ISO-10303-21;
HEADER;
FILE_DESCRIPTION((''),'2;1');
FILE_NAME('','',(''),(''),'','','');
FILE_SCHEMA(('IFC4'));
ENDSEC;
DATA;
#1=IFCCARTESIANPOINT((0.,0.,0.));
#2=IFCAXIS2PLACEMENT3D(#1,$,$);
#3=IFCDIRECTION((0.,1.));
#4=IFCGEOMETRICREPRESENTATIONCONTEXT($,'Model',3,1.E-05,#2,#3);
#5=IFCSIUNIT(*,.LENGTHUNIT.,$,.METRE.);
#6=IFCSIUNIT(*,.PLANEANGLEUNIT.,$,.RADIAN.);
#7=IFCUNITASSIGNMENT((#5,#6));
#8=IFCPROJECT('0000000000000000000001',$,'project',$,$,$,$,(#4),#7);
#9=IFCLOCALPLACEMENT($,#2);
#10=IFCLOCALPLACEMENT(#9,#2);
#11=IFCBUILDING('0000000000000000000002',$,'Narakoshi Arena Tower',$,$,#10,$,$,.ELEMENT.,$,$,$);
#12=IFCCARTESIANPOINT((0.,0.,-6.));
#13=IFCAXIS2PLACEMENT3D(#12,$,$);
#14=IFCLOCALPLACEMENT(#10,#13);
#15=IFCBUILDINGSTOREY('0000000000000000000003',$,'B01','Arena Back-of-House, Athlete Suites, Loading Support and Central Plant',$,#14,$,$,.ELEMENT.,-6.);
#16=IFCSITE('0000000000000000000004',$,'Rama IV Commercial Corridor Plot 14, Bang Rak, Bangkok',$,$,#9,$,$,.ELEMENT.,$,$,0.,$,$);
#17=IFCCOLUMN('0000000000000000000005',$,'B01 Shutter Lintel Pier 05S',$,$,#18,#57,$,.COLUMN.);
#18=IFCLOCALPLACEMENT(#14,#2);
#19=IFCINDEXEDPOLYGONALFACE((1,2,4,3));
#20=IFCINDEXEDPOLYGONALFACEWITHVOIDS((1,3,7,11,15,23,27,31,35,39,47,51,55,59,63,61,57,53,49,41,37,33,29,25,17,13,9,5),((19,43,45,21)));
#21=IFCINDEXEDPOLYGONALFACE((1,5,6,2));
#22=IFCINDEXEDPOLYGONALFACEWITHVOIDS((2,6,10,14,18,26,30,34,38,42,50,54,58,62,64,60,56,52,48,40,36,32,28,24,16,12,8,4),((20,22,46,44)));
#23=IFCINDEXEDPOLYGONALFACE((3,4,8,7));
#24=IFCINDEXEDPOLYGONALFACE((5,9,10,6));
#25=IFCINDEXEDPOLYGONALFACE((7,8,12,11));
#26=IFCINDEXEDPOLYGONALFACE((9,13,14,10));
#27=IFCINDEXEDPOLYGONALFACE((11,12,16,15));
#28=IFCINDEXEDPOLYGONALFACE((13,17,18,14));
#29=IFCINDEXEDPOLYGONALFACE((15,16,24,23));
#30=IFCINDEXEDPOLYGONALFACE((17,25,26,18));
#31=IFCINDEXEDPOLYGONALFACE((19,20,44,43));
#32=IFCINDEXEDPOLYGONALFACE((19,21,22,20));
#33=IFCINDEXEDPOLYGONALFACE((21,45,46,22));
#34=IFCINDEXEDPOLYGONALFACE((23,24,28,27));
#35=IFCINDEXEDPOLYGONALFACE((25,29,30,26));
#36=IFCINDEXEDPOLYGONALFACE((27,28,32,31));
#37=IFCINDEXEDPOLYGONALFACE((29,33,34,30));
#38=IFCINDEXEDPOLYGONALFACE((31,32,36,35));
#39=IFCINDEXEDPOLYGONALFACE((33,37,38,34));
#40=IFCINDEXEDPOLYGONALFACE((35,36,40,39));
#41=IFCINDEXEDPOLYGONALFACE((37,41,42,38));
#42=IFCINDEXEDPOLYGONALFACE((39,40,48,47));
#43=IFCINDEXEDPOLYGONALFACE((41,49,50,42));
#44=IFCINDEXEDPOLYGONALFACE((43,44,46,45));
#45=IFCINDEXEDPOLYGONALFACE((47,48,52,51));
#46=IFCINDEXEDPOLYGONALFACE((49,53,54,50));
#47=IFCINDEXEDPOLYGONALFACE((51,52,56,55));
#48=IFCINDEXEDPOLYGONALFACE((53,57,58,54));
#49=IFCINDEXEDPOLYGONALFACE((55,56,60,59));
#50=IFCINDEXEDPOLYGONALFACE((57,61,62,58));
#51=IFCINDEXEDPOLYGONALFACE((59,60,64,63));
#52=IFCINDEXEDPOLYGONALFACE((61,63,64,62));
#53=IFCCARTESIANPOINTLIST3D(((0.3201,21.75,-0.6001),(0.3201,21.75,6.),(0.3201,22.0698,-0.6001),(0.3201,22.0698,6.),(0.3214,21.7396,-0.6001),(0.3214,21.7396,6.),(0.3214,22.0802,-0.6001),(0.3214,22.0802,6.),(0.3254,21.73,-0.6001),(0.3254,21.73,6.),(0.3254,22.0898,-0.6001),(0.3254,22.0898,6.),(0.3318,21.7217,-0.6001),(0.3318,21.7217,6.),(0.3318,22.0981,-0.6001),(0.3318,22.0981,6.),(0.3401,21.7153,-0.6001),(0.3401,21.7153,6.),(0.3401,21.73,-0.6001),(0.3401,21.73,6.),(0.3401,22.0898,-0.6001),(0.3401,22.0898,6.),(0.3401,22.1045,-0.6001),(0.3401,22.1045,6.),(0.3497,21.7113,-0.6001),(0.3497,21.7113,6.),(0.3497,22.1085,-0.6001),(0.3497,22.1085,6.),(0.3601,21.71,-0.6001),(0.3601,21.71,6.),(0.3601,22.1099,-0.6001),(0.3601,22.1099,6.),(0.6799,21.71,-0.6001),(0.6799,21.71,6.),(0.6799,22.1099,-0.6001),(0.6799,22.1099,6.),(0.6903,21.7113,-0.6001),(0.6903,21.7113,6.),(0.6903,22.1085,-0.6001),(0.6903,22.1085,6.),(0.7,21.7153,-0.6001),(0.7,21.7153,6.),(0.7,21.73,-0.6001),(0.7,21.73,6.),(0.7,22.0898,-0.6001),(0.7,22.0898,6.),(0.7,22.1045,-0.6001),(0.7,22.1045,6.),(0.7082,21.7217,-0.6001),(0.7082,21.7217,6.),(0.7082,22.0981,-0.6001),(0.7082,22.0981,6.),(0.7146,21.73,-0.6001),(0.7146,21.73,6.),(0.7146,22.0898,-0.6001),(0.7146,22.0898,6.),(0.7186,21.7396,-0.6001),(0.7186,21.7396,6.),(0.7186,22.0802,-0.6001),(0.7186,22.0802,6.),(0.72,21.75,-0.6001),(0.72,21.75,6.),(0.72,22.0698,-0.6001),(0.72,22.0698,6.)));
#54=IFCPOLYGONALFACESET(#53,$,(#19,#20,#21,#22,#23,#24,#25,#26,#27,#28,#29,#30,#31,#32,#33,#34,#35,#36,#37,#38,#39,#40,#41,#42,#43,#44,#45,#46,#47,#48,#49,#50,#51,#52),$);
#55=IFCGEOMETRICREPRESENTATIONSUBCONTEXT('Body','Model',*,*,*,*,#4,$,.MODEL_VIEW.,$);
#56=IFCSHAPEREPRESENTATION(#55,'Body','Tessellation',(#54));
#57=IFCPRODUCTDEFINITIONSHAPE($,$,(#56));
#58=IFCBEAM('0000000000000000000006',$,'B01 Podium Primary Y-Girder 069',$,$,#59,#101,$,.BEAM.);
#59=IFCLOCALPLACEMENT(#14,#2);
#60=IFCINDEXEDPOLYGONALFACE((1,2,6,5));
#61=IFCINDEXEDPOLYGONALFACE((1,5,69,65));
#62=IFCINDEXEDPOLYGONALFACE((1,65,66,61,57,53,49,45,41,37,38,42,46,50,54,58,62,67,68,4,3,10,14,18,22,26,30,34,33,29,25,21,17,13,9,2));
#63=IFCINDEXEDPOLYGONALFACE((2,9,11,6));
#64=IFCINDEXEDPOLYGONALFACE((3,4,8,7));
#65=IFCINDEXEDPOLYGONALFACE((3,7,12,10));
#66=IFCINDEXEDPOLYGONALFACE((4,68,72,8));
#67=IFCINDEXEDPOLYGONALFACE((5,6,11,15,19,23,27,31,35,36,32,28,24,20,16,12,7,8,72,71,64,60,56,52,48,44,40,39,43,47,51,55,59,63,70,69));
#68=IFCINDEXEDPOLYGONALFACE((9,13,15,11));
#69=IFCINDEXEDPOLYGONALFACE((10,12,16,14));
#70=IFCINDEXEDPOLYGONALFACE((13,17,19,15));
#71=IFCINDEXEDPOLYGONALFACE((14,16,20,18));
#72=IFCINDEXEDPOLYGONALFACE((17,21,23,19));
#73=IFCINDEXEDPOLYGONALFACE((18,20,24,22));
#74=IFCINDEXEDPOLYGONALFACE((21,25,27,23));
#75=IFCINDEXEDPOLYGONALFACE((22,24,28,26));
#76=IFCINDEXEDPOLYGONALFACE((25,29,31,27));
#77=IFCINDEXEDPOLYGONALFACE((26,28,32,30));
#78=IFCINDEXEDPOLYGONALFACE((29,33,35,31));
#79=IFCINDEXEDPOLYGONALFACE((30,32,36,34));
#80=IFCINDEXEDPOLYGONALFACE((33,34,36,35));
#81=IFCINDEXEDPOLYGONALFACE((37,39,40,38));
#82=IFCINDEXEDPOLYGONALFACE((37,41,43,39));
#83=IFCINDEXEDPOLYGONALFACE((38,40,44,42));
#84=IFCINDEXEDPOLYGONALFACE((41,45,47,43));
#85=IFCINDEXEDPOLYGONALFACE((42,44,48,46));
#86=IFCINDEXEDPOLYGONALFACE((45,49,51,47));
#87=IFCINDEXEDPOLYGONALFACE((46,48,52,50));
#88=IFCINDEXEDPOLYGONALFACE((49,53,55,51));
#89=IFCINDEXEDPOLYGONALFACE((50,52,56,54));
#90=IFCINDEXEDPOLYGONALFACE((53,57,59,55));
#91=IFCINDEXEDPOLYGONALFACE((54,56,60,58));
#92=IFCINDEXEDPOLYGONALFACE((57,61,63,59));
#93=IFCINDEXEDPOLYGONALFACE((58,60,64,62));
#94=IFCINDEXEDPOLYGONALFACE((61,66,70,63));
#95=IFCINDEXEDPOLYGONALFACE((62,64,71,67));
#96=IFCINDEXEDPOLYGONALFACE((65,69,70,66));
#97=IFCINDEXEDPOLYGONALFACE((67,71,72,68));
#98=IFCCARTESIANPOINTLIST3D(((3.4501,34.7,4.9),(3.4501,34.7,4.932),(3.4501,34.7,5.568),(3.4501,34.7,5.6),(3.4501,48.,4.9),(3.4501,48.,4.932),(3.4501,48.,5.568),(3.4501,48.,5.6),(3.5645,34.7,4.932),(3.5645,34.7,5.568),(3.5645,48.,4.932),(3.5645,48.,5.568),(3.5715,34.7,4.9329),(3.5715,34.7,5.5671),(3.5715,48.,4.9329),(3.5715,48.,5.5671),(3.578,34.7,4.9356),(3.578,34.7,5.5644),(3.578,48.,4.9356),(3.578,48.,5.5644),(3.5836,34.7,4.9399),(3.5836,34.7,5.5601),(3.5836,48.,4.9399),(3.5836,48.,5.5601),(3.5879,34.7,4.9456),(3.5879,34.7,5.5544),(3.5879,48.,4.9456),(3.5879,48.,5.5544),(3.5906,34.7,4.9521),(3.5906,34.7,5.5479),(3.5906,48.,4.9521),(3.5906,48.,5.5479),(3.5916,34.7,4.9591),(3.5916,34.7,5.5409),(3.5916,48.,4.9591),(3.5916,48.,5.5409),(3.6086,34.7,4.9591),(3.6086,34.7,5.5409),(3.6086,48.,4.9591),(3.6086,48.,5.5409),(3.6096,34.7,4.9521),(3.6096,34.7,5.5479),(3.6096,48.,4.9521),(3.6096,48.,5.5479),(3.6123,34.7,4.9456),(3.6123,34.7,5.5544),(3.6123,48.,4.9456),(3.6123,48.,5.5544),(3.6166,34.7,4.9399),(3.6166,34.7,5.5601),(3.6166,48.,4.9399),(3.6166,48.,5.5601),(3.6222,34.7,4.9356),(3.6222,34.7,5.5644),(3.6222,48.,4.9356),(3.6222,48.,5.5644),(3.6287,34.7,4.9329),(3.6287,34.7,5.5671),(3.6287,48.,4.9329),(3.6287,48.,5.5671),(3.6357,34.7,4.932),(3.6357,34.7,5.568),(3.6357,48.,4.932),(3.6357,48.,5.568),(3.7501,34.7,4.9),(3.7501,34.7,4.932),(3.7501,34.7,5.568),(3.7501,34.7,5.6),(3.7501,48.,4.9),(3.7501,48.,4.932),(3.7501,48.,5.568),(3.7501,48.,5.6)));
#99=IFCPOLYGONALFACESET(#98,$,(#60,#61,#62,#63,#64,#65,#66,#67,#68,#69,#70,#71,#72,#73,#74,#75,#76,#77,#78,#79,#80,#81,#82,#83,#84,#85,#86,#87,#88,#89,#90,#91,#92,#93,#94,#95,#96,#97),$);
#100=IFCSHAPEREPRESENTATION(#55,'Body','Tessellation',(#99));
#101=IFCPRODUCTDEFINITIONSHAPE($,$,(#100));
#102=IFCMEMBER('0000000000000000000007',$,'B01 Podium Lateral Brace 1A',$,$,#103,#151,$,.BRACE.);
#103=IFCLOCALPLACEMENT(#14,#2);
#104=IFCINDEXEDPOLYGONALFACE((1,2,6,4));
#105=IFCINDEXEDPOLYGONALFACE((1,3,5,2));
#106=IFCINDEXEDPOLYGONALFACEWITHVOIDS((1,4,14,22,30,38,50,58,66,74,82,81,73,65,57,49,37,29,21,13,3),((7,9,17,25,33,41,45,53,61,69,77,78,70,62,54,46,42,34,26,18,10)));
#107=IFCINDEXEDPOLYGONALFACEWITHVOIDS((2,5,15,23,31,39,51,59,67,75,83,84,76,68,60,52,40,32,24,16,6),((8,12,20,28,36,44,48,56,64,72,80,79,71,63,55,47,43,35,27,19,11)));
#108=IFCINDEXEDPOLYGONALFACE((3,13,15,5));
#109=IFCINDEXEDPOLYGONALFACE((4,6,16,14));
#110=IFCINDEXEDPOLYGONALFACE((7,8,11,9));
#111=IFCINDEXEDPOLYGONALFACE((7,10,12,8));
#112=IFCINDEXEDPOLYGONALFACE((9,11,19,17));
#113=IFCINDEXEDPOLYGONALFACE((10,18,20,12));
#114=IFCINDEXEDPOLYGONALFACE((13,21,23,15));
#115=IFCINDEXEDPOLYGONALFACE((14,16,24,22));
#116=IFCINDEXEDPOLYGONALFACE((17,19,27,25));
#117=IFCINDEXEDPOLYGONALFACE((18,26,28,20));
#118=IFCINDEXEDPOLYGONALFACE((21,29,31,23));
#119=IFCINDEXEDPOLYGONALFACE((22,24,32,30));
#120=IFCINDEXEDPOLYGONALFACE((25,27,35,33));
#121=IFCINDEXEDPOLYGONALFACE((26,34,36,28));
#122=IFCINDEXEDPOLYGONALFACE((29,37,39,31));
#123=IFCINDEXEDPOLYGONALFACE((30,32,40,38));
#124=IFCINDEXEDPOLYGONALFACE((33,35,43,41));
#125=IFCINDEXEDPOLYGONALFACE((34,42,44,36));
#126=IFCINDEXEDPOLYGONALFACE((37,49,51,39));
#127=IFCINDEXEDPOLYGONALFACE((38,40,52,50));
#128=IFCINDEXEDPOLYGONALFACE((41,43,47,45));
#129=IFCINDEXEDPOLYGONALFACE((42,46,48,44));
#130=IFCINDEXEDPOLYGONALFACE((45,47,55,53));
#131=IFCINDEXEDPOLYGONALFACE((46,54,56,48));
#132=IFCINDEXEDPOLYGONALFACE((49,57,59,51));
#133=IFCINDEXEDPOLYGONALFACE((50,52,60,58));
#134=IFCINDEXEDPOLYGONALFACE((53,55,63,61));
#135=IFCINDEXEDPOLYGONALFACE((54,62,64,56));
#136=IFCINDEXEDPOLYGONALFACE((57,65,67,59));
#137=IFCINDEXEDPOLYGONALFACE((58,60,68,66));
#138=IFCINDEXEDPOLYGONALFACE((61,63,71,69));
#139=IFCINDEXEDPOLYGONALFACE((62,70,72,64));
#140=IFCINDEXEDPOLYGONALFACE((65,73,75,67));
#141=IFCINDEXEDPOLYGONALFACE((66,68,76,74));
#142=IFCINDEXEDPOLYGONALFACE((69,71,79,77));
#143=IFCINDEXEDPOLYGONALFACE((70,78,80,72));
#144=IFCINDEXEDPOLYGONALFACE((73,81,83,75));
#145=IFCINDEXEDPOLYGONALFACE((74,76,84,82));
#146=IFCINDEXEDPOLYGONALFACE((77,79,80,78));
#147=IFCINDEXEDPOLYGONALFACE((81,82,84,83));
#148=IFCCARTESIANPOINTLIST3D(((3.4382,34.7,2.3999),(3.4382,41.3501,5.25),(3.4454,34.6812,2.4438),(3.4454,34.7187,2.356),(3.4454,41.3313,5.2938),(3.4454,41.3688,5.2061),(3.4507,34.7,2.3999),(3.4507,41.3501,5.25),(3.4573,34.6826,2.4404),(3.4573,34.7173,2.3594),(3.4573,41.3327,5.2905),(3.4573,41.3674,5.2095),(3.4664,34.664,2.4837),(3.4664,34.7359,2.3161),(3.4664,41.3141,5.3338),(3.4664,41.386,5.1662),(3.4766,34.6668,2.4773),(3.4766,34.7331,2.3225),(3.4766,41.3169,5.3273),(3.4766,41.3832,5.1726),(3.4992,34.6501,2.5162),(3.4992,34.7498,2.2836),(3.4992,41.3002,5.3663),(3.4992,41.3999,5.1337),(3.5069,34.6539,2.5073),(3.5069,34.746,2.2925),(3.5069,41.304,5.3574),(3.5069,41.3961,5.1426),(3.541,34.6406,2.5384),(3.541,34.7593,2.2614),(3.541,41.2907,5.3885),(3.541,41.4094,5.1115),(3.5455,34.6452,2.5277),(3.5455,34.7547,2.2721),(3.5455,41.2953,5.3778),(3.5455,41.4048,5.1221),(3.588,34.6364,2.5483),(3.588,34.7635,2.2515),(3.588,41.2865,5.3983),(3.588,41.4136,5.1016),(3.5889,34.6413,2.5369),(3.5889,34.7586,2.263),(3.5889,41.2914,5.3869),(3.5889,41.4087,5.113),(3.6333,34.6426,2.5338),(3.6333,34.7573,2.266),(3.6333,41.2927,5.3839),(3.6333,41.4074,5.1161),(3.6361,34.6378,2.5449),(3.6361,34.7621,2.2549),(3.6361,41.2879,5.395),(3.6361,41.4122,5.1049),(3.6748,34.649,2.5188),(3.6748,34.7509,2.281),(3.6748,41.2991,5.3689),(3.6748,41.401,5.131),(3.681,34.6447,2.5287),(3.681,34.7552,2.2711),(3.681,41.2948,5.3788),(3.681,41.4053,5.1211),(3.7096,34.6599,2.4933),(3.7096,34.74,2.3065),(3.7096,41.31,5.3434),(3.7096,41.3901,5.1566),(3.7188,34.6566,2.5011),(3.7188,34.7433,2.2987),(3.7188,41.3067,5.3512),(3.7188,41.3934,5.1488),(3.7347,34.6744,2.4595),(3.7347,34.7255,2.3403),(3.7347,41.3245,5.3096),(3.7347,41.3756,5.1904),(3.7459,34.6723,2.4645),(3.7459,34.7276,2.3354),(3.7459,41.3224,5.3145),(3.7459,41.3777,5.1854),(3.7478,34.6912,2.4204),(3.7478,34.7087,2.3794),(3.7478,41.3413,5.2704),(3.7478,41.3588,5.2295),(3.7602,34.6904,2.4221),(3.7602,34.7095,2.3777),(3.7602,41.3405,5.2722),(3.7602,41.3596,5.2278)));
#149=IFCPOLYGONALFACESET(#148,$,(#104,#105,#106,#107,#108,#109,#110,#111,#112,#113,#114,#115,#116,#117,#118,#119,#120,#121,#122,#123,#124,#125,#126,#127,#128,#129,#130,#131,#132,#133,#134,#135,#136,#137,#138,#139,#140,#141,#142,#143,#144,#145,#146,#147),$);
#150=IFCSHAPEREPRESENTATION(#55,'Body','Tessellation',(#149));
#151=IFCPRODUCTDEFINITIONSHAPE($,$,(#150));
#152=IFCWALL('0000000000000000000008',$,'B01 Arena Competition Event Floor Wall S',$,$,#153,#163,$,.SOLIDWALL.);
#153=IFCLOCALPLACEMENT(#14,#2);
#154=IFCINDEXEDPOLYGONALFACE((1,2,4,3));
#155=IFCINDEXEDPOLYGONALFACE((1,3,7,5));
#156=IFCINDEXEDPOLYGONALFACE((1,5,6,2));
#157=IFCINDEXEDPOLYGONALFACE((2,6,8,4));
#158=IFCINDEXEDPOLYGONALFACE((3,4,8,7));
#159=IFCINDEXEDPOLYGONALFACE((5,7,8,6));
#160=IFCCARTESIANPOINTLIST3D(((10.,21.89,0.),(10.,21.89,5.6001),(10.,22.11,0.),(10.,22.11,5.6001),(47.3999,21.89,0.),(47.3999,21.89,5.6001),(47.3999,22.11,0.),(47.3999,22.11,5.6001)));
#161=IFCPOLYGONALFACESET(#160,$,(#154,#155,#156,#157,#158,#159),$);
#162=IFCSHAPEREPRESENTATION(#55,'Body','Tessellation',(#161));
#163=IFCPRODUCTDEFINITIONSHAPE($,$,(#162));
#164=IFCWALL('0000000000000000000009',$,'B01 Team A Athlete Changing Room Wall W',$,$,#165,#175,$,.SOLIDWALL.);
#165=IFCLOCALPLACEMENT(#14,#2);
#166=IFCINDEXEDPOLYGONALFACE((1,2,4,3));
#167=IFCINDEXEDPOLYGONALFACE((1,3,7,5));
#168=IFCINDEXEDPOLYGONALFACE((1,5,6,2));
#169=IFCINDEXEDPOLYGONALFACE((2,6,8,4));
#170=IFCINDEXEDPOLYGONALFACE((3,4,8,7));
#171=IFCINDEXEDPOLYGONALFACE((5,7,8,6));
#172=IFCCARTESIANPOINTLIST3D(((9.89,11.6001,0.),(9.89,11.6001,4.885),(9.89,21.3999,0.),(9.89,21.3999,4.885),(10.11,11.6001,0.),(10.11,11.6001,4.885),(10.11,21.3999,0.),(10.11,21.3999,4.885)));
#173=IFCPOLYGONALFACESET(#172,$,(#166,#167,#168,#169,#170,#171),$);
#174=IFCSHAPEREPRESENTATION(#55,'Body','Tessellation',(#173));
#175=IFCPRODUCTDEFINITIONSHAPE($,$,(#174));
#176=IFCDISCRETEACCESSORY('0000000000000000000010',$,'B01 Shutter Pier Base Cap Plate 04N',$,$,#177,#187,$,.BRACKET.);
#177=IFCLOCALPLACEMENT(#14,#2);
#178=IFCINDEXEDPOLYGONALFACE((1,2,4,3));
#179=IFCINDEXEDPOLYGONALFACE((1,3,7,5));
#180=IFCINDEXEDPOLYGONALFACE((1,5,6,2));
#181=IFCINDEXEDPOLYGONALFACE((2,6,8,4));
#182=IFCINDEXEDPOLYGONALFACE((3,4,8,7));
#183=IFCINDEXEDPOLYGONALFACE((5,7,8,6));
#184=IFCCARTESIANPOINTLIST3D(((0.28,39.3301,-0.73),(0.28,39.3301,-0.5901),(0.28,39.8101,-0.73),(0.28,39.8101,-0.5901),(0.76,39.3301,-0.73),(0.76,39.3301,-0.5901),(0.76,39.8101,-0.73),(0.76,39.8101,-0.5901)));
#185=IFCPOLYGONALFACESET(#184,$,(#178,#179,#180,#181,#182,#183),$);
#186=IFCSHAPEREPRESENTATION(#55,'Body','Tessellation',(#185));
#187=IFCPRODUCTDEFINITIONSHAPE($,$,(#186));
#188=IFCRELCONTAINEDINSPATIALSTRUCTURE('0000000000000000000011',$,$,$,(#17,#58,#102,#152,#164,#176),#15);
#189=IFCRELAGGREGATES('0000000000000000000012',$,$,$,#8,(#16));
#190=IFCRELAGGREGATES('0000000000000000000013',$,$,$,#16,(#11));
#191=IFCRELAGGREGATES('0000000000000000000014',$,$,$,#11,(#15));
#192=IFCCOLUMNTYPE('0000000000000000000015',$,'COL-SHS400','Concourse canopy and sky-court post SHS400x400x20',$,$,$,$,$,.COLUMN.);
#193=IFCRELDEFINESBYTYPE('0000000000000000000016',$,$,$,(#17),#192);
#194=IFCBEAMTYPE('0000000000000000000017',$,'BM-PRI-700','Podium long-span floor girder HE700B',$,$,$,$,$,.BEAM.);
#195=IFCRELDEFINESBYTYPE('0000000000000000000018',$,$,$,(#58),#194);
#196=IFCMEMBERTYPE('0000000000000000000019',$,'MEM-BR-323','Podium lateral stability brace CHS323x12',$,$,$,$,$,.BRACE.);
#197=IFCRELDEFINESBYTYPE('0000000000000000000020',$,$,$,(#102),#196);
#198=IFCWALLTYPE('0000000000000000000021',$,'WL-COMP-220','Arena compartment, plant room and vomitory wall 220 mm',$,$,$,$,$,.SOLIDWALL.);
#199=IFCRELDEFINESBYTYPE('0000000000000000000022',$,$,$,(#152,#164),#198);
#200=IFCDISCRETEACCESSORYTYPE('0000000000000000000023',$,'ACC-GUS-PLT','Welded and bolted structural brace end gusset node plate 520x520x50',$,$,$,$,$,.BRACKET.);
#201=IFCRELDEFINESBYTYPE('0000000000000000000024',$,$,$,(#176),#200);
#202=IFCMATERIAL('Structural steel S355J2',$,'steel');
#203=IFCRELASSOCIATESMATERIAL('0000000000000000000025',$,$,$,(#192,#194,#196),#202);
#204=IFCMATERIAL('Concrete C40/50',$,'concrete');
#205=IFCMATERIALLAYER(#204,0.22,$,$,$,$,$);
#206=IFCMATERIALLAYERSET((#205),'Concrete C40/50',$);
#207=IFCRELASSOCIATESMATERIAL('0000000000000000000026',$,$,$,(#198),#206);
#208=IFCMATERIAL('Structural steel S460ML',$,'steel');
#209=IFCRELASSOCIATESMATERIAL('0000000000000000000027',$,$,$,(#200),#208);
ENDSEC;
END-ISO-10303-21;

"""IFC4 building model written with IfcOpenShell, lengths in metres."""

from ifc_helpers import new_model, si_unit, direction, frame, frame_2d, origin, origin_2d, place, context, subcontext, project, spatial, rectangle, hollow_rectangle, hollow_circle, i_section, extrude, material, layer, layer_set, material_profile, profile_set, type_object, element, save


model = new_model("IFC4")

# Units and contexts
model_context = context("Model", 3, precision=1e-05, world=origin(), true_north=direction((0.0, 1.0)))
body_context = subcontext(model_context, "Body", "Model", "MODEL_VIEW")
ifc_project = project(units=[si_unit("LENGTHUNIT", "METRE"), si_unit("PLANEANGLEUNIT", "RADIAN")], contexts=[model_context])

# Site, building, storey
site_placement = place(None, origin())
site = spatial("IfcSite", under=ifc_project, at=site_placement, Name="Rama IV Commercial Corridor Plot 14, Bang Rak, Bangkok", CompositionType="ELEMENT", RefElevation=0.0)
building_placement = place(site_placement, origin())
building = spatial("IfcBuilding", under=site, at=building_placement, Name="Narakoshi Arena Tower", CompositionType="ELEMENT")
storey_placement = place(building_placement, frame((0.0, 0.0, -6.0)))
storey = spatial("IfcBuildingStorey", under=building, at=storey_placement, Name="B01", Description="Arena Back-of-House, Athlete Suites, Loading Support and Central Plant", CompositionType="ELEMENT", Elevation=-6.0)

# Shared definitions
ifc_material_1 = material(Name="Concrete C40/50", Category="concrete")

# Column
ifc_material_2 = material(Name="Structural steel S355J2", Category="steel")
ifc_material_profile_1 = material_profile(ifc_material_2, hollow_rectangle(XDim=0.3999, YDim=0.3999, WallThickness=0.02, OuterFilletRadius=0.04, at=origin_2d()), Name="SHS400x400x20")
ifc_profile_set_1 = profile_set([ifc_material_profile_1], Name="Structural steel S355J2")
column_type_1 = type_object("IfcColumnType", Name="COL-SHS400", Description="Concourse canopy and sky-court post SHS400x400x20", PredefinedType="COLUMN", material=ifc_profile_set_1)
for number, where, z_axis, x_axis, name in (
    (1, (0.52, 21.9099, -0.6001), (0.0, 0.0, 1.0), (1.0, 0.0, 0.0), "B01 Shutter Lintel Pier 05S"),
):
    element("IfcColumn", number, at=place(storey_placement, frame(where, z_axis=z_axis, x_axis=x_axis)), inside=storey, type_object=column_type_1, Name=name, PredefinedType="COLUMN", context=body_context, shape_type="SweptSolid", body=[
        extrude(hollow_rectangle(XDim=0.3999, YDim=0.3999, WallThickness=0.02, OuterFilletRadius=0.04, at=origin_2d()), origin(), (0.0, 0.0, 1.0), 6.6001),
    ])

# Beam
ifc_material_profile_2 = material_profile(ifc_material_2, i_section(OverallWidth=0.3, OverallDepth=0.7, WebThickness=0.0171, FlangeThickness=0.032, FilletRadius=0.0271, at=origin_2d()), Name="HE700B")
ifc_profile_set_2 = profile_set([ifc_material_profile_2], Name="Structural steel S355J2")
beam_type = type_object("IfcBeamType", Name="BM-PRI-700", Description="Podium long-span floor girder HE700B", PredefinedType="BEAM", material=ifc_profile_set_2)
beam_placement = place(storey_placement, frame((3.6001, 34.7, 5.25), z_axis=(0.0, 1.0, 0.0), x_axis=(-1.0, 0.0, 0.0)))
element("IfcBeam", 2, at=beam_placement, inside=storey, type_object=beam_type, Name="B01 Podium Primary Y-Girder 069", PredefinedType="BEAM", context=body_context, shape_type="SweptSolid", body=[
    extrude(i_section(OverallWidth=0.3, OverallDepth=0.7, WebThickness=0.0171, FlangeThickness=0.032, FilletRadius=0.0271, at=origin_2d()), origin(), (0.0, 0.0, 1.0), 13.3),
])

# Member
ifc_material_profile_3 = material_profile(ifc_material_2, hollow_circle(Radius=0.1619, WallThickness=0.0125, at=origin_2d()), Name="CHS323x12")
ifc_profile_set_3 = profile_set([ifc_material_profile_3], Name="Structural steel S355J2")
member_type = type_object("IfcMemberType", Name="MEM-BR-323", Description="Podium lateral stability brace CHS323x12", PredefinedType="BRACE", material=ifc_profile_set_3)
member_placement = place(storey_placement, frame((3.6001, 34.7, 2.3999), z_axis=(0.0, 0.919143, 0.393923), x_axis=(-1.0, 0.0, 0.0)))
element("IfcMember", 3, at=member_placement, inside=storey, type_object=member_type, Name="B01 Podium Lateral Brace 1A", PredefinedType="BRACE", context=body_context, shape_type="SweptSolid", body=[
    extrude(hollow_circle(Radius=0.1619, WallThickness=0.0125, at=origin_2d()), origin(), (0.0, 0.0, 1.0), 7.2351),
])

# Walls
ifc_layer = layer(ifc_material_1, 0.22)
ifc_layer_set = layer_set([ifc_layer], Name="Concrete C40/50")
wall_type = type_object("IfcWallType", Name="WL-COMP-220", Description="Arena compartment, plant room and vomitory wall 220 mm", PredefinedType="SOLIDWALL", material=ifc_layer_set)
wall_1_placement = place(storey_placement, frame((10.0, 22.0, 0.0), z_axis=(0.0, 0.0, 1.0), x_axis=(1.0, 0.0, 0.0)))
element("IfcWall", 4, at=wall_1_placement, inside=storey, type_object=wall_type, Name="B01 Arena Competition Event Floor Wall S", PredefinedType="SOLIDWALL", context=body_context, shape_type="SweptSolid", body=[
    extrude(rectangle(XDim=37.3999, YDim=0.22, at=frame_2d((18.7, 0.0))), origin(), (0.0, 0.0, 1.0), 5.6001),
])
wall_2_placement = place(storey_placement, frame((10.0, 21.3999, 0.0), z_axis=(0.0, 0.0, 1.0), x_axis=(0.0, -1.0, 0.0)))
element("IfcWall", 5, at=wall_2_placement, inside=storey, type_object=wall_type, Name="B01 Team A Athlete Changing Room Wall W", PredefinedType="SOLIDWALL", context=body_context, shape_type="SweptSolid", body=[
    extrude(rectangle(XDim=9.7998, YDim=0.22, at=frame_2d((4.8999, 0.0))), origin(), (0.0, 0.0, 1.0), 4.885),
])

# Discrete accessory
ifc_material_3 = material(Name="Structural steel S460ML", Category="steel")
discrete_accessory_type = type_object("IfcDiscreteAccessoryType", Name="ACC-GUS-PLT", Description="Welded and bolted structural brace end gusset node plate 520x520x50", PredefinedType="BRACKET", material=ifc_material_3)
for number, where, z_axis, x_axis, name in (
    (6, (0.52, 39.5701, -0.73), (0.0, 0.0, 1.0), (1.0, 0.0, 0.0), "B01 Shutter Pier Base Cap Plate 04N"),
):
    element("IfcDiscreteAccessory", number, at=place(storey_placement, frame(where, z_axis=z_axis, x_axis=x_axis)), inside=storey, type_object=discrete_accessory_type, Name=name, PredefinedType="BRACKET", context=body_context, shape_type="SweptSolid", body=[
        extrude(rectangle(XDim=0.48, YDim=0.48, at=origin_2d()), origin(), (0.0, 0.0, 1.0), 0.1399),
    ])

save(model, "model.ifc")
